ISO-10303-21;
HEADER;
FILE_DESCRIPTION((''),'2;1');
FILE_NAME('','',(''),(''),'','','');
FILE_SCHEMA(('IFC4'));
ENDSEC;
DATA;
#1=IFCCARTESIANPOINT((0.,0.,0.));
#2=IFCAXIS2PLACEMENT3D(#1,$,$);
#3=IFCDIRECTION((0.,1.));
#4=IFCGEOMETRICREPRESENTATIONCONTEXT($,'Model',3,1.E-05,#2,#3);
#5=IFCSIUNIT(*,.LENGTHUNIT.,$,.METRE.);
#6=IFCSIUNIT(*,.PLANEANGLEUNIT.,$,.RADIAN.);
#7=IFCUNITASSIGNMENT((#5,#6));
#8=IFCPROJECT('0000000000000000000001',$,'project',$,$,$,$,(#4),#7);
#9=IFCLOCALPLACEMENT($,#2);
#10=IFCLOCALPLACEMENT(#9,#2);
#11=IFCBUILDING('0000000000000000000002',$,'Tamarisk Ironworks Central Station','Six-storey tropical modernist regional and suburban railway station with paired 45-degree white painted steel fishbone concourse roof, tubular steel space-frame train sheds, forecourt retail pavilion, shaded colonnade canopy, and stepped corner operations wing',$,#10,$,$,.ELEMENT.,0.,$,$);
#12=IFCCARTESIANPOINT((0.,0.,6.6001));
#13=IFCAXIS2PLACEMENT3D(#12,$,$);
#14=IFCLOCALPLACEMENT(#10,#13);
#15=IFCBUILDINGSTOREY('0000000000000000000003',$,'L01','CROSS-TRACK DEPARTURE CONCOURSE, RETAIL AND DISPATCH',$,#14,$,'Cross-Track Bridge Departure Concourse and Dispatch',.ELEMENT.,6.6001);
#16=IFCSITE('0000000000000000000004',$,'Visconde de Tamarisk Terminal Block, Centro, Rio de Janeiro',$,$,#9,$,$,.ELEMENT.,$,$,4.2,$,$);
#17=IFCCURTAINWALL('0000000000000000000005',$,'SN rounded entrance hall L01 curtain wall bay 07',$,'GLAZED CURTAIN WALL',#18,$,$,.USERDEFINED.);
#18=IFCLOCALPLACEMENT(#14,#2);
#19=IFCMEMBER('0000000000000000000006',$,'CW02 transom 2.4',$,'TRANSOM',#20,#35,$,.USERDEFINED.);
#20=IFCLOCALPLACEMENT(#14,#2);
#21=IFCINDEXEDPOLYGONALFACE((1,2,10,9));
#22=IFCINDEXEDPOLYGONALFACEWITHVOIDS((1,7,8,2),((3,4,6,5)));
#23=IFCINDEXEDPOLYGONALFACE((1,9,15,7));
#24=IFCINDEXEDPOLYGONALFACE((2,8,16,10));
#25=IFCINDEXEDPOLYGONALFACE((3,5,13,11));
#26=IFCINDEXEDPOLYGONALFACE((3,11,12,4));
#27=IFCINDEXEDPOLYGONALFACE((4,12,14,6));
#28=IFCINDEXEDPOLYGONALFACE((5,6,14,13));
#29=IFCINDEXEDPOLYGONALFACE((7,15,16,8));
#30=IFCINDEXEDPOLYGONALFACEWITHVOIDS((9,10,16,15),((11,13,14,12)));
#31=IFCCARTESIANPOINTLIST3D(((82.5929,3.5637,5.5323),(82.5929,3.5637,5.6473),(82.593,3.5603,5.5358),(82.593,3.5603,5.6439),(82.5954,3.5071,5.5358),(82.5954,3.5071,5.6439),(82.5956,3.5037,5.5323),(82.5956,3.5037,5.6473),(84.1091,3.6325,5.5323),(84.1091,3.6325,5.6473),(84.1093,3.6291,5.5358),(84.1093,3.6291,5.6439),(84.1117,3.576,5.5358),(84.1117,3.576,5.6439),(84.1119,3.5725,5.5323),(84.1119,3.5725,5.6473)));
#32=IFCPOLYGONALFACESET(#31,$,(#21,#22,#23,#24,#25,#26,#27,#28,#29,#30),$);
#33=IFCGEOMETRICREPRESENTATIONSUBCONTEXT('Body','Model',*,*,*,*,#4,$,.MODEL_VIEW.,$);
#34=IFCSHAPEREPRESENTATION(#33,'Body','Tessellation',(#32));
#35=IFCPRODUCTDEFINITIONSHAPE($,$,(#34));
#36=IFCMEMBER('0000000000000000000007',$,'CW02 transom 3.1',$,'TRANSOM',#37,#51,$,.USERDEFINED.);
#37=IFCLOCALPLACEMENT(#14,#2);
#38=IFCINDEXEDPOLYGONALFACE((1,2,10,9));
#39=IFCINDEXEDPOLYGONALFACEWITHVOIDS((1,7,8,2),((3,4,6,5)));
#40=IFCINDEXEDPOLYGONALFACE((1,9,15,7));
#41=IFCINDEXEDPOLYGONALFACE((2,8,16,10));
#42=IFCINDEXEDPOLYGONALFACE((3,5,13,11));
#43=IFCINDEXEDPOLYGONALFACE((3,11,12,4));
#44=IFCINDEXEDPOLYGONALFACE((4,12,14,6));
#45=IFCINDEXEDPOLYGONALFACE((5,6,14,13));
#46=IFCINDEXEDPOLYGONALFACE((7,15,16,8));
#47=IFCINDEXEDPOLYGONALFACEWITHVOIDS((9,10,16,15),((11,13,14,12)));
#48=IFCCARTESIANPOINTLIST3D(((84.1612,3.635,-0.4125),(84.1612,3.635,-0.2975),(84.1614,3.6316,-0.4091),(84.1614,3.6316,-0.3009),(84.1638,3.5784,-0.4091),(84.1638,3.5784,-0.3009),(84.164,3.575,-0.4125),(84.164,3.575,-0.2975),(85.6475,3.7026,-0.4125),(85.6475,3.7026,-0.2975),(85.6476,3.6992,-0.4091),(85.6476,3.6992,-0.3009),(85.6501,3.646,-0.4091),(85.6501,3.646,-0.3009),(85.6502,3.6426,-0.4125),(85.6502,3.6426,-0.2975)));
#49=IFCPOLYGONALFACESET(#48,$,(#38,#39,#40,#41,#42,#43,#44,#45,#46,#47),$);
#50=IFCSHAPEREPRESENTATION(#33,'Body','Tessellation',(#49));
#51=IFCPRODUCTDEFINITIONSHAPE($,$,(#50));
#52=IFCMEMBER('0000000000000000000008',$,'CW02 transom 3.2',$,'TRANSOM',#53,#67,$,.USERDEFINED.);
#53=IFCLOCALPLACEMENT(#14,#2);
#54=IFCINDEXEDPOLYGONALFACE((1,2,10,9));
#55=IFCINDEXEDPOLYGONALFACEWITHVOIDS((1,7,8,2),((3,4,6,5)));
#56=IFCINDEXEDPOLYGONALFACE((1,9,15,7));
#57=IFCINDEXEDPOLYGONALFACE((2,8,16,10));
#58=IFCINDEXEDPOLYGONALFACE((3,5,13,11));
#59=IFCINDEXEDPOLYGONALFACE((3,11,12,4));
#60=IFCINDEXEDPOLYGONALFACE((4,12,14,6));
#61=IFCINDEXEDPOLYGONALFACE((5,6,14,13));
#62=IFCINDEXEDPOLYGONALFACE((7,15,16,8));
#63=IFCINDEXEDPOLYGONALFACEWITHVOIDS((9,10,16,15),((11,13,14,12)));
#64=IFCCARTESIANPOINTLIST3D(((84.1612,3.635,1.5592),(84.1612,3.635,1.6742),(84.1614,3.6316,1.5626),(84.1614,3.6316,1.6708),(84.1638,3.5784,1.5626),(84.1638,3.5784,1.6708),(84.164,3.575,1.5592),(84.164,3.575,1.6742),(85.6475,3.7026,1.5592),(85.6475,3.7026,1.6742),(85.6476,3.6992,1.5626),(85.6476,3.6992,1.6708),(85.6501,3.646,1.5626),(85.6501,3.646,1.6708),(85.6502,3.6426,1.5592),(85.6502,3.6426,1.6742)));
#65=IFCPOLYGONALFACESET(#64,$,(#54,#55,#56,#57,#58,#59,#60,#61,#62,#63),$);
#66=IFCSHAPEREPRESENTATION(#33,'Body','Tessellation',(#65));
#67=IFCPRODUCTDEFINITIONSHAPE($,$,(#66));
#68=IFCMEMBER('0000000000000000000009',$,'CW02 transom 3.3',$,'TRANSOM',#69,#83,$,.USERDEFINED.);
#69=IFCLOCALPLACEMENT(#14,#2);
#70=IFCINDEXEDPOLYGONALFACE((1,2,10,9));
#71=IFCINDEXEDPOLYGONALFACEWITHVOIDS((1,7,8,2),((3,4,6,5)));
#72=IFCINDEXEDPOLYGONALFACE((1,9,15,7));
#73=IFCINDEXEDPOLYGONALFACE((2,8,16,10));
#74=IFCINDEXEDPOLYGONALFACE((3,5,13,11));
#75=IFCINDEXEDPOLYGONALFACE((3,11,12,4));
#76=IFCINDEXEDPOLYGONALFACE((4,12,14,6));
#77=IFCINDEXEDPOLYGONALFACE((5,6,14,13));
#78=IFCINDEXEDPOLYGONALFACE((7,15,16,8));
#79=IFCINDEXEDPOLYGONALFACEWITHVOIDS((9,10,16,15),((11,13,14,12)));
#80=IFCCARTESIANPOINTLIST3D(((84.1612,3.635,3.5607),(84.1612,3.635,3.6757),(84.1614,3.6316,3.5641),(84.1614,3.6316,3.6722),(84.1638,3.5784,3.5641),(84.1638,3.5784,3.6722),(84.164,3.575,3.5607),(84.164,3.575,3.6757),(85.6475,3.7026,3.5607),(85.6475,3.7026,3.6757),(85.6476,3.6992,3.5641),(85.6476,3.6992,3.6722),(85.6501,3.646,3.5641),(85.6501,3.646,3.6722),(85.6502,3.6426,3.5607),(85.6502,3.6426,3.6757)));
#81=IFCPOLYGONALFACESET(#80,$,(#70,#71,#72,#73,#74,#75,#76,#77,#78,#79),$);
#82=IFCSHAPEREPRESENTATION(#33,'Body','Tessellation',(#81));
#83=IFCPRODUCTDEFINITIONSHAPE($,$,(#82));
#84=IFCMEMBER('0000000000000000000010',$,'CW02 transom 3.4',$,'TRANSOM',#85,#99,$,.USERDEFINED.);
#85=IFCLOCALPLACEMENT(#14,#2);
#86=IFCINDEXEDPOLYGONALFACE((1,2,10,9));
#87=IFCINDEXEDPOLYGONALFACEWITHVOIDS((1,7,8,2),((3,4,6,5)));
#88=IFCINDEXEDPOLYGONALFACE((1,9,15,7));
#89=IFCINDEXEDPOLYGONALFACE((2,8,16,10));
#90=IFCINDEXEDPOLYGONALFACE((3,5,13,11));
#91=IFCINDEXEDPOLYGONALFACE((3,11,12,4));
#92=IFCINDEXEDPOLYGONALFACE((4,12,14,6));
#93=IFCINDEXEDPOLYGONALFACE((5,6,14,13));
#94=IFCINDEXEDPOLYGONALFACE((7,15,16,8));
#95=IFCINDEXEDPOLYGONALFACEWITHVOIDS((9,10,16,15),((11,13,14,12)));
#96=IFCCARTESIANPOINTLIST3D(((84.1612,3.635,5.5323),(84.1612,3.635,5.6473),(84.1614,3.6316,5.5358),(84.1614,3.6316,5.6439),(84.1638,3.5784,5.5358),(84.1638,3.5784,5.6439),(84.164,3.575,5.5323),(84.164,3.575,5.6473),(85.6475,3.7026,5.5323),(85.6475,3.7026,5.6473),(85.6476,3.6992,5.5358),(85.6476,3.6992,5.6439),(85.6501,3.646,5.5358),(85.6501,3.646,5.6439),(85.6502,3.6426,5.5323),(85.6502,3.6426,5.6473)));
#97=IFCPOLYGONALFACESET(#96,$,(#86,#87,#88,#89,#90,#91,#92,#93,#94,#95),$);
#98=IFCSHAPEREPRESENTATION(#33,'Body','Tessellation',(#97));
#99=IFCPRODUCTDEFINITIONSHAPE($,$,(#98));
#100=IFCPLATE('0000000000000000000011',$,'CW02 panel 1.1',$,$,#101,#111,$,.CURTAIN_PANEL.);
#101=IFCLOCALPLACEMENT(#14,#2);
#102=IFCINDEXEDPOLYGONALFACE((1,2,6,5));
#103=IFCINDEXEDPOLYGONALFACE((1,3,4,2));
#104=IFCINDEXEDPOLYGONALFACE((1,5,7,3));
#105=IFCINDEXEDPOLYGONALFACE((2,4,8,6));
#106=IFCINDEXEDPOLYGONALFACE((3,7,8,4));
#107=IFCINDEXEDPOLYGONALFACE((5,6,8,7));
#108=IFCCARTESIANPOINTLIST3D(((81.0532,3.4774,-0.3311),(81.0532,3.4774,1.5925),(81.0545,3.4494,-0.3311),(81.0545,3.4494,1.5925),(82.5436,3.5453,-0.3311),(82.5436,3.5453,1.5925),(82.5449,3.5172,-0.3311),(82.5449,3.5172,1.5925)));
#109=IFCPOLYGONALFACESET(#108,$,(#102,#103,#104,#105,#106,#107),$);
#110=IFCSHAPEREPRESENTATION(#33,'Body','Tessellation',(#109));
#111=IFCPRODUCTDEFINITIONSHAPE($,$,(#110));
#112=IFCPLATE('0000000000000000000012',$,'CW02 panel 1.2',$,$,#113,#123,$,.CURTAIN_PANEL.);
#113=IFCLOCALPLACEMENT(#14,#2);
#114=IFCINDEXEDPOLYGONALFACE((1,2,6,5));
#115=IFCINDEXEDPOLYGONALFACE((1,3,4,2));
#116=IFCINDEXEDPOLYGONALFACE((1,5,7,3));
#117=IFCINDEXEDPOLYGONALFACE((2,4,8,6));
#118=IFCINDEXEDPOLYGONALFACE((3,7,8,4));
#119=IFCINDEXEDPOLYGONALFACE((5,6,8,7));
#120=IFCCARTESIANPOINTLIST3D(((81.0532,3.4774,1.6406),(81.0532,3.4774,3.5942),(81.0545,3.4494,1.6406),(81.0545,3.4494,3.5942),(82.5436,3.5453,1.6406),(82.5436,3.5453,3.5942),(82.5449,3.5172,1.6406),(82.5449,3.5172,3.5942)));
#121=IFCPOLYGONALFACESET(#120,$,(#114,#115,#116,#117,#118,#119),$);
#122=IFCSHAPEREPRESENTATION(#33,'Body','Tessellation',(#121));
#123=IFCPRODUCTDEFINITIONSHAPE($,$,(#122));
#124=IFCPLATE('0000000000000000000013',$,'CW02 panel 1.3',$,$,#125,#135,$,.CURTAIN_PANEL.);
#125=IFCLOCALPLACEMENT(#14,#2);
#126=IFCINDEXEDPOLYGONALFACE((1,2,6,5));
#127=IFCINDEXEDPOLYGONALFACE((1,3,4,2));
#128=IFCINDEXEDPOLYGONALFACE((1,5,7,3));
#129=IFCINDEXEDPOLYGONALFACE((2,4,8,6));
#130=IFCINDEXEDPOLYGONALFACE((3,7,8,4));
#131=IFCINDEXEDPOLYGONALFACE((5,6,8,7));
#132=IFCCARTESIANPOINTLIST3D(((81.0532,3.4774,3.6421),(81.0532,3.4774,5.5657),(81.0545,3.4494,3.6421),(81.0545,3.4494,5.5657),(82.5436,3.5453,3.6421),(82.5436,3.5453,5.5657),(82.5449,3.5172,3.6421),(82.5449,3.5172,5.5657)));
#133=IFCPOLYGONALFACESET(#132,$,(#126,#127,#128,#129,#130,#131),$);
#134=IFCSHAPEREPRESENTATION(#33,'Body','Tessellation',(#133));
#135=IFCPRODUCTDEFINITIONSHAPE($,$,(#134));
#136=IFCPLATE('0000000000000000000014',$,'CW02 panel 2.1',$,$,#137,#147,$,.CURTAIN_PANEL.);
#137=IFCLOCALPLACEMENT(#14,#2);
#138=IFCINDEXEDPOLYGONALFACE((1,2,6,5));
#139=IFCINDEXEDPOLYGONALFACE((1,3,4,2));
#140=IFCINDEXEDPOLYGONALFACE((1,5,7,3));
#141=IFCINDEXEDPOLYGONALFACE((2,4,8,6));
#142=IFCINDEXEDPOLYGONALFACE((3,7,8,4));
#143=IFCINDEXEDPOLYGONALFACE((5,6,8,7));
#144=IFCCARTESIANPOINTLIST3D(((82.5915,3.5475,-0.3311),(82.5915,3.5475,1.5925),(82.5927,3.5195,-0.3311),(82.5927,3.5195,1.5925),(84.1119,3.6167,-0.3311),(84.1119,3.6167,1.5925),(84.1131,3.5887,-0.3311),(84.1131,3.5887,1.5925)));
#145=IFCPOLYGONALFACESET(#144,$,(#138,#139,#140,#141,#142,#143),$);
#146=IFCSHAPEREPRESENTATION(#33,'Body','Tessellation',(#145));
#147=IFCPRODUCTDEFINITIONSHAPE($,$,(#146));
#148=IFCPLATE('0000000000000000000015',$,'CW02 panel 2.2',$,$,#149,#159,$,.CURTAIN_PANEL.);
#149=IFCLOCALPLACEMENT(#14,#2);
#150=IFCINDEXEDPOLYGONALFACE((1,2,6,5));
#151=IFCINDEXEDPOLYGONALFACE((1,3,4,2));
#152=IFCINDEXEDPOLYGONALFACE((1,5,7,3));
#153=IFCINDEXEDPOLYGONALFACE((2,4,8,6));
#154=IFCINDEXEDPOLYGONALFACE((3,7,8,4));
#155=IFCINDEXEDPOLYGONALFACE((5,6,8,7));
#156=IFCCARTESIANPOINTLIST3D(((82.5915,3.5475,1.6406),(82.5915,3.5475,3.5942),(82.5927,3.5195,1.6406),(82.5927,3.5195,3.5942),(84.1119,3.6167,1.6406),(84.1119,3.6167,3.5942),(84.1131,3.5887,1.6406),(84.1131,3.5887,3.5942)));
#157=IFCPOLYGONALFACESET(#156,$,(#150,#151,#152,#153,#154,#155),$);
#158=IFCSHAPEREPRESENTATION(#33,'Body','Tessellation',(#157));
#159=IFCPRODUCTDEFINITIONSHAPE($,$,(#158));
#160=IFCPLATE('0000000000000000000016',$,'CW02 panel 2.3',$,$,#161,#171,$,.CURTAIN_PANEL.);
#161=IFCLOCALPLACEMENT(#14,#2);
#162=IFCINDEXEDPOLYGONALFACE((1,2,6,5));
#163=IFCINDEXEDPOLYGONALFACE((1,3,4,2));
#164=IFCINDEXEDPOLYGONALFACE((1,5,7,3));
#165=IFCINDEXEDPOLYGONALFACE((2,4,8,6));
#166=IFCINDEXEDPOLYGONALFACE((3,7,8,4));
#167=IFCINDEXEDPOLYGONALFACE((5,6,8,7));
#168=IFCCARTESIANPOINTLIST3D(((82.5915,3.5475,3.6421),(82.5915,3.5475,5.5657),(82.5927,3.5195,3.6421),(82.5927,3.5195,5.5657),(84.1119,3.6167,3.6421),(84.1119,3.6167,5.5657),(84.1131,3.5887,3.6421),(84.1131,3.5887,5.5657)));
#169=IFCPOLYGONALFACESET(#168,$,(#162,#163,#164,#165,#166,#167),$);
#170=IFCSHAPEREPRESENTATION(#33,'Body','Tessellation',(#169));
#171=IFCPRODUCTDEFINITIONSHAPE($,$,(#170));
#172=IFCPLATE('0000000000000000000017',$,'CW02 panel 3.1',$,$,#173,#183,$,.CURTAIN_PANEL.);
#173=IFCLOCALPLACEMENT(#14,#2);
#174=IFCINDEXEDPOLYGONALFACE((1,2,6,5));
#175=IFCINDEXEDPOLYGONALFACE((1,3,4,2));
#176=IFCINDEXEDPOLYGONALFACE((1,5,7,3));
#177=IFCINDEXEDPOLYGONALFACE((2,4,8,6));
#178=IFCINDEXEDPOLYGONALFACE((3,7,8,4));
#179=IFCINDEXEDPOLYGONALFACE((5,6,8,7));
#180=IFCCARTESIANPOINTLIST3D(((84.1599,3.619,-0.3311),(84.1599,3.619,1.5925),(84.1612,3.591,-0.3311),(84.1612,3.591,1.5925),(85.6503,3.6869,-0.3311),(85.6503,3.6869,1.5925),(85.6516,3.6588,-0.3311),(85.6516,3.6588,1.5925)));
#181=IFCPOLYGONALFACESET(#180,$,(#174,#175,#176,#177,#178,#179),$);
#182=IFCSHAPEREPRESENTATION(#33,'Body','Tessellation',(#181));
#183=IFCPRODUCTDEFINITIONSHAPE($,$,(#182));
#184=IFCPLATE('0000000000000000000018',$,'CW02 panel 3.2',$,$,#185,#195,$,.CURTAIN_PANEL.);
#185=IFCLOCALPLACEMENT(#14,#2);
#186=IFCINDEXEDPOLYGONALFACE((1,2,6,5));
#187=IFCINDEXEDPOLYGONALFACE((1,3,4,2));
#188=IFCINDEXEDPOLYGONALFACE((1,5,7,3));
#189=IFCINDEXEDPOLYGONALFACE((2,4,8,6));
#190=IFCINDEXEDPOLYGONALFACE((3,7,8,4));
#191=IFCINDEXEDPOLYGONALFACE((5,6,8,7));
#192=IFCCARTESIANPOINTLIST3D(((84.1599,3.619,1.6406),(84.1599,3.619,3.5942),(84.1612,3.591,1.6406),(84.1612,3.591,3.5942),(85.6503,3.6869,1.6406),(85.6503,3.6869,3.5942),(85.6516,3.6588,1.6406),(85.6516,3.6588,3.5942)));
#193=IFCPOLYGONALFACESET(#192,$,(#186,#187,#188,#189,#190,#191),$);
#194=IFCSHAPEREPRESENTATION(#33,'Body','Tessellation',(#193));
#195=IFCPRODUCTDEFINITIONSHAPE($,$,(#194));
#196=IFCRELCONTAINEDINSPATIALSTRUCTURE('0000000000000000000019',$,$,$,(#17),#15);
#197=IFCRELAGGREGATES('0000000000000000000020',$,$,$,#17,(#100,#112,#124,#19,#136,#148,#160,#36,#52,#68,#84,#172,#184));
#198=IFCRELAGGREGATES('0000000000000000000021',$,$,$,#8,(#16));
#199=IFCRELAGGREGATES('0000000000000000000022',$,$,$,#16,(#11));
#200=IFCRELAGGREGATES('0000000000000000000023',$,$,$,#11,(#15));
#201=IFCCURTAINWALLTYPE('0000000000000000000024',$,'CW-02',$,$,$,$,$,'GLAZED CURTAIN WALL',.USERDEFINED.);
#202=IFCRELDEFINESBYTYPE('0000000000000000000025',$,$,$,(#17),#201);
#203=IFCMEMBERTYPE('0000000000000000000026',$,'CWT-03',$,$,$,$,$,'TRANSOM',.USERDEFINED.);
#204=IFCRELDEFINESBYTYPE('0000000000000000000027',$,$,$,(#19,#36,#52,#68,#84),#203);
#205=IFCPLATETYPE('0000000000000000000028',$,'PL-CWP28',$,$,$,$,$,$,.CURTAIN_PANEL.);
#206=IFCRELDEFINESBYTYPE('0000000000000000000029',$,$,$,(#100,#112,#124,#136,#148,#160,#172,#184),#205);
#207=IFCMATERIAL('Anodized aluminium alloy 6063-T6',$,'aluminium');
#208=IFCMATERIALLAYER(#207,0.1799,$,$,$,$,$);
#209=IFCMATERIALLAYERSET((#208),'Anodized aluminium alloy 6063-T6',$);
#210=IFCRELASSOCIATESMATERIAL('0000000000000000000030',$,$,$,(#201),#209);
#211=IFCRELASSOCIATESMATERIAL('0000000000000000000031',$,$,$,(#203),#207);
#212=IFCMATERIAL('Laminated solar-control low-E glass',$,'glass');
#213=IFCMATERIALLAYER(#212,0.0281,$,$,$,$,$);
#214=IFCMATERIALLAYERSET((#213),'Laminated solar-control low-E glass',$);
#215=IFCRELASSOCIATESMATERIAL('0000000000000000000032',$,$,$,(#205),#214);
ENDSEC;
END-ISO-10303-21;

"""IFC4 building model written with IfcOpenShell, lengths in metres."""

from ifc_helpers import new_model, si_unit, direction, frame, origin, origin_2d, place, context, subcontext, project, spatial, rectangle, hollow_rectangle, extrude, material, layer, layer_set, material_profile, profile_set, type_object, element, aggregate, save


model = new_model("IFC4")

# Units and contexts
model_context = context("Model", 3, precision=1e-05, world=origin(), true_north=direction((0.0, 1.0)))
body_context = subcontext(model_context, "Body", "Model", "MODEL_VIEW")
ifc_project = project(units=[si_unit("LENGTHUNIT", "METRE"), si_unit("PLANEANGLEUNIT", "RADIAN")], contexts=[model_context])

# Site, building, storey
site_placement = place(None, origin())
site = spatial("IfcSite", under=ifc_project, at=site_placement, Name="Visconde de Tamarisk Terminal Block, Centro, Rio de Janeiro", CompositionType="ELEMENT", RefElevation=4.2)
building_placement = place(site_placement, origin())
building = spatial("IfcBuilding", under=site, at=building_placement, Name="Tamarisk Ironworks Central Station", Description="Six-storey tropical modernist regional and suburban railway station with paired 45-degree white painted steel fishbone concourse roof, tubular steel space-frame train sheds, forecourt retail pavilion, shaded colonnade canopy, and stepped corner operations wing", CompositionType="ELEMENT", ElevationOfRefHeight=0.0)
storey_placement = place(building_placement, frame((0.0, 0.0, 6.6001)))
storey = spatial("IfcBuildingStorey", under=building, at=storey_placement, Name="L01", Description="CROSS-TRACK DEPARTURE CONCOURSE, RETAIL AND DISPATCH", LongName="Cross-Track Bridge Departure Concourse and Dispatch", CompositionType="ELEMENT", Elevation=6.6001)

# Curtain wall, members, plates
ifc_material_1 = material(Name="Anodized aluminium alloy 6063-T6", Category="aluminium")
ifc_layer_1 = layer(ifc_material_1, 0.1799)
ifc_layer_set_1 = layer_set([ifc_layer_1], Name="Anodized aluminium alloy 6063-T6")
curtain_wall_type = type_object("IfcCurtainWallType", Name="CW-02", ElementType="GLAZED CURTAIN WALL", PredefinedType="USERDEFINED", material=ifc_layer_set_1)
curtain_wall_placement = place(storey_placement, origin())
curtain_wall = element("IfcCurtainWall", 1, at=curtain_wall_placement, inside=storey, type_object=curtain_wall_type, Name="SN rounded entrance hall L01 curtain wall bay 07", ObjectType="GLAZED CURTAIN WALL", PredefinedType="USERDEFINED")
ifc_material_profile_1 = material_profile(ifc_material_1, hollow_rectangle(XDim=0.0601, YDim=0.115, WallThickness=0.0034, at=origin_2d()), Name="ALUM 115x60")
ifc_profile_set_1 = profile_set([ifc_material_profile_1], Name="Anodized aluminium alloy 6063-T6")
member_type_1 = type_object("IfcMemberType", Name="CWT-03", ElementType="TRANSOM", PredefinedType="USERDEFINED", material=ifc_profile_set_1)
member_1_placement = place(storey_placement, frame((82.5942, 3.5337, 5.5898), z_axis=(0.998971, 0.045357, 0.0), x_axis=(-0.045357, 0.998971, 0.0)))
member_1 = element("IfcMember", 2, at=member_1_placement, type_object=member_type_1, Name="CW02 transom 2.4", ObjectType="TRANSOM", PredefinedType="USERDEFINED", context=body_context, shape_type="SweptSolid", body=[
    extrude(hollow_rectangle(XDim=0.0601, YDim=0.115, WallThickness=0.0034, at=origin_2d()), origin(), (0.0, 0.0, 1.0), 1.5178),
])
member_2_placement = place(storey_placement, frame((84.1626, 3.605, -0.355), z_axis=(0.998967, 0.045452, 0.0), x_axis=(-0.045452, 0.998967, 0.0)))
member_2 = element("IfcMember", 3, at=member_2_placement, type_object=member_type_1, Name="CW02 transom 3.1", ObjectType="TRANSOM", PredefinedType="USERDEFINED", context=body_context, shape_type="SweptSolid", body=[
    extrude(hollow_rectangle(XDim=0.0601, YDim=0.115, WallThickness=0.0034, at=origin_2d()), origin(), (0.0, 0.0, 1.0), 1.4878),
])
member_3_placement = place(storey_placement, frame((84.1626, 3.605, 1.6167), z_axis=(0.998967, 0.045452, 0.0), x_axis=(-0.045452, 0.998967, 0.0)))
member_3 = element("IfcMember", 4, at=member_3_placement, type_object=member_type_1, Name="CW02 transom 3.2", ObjectType="TRANSOM", PredefinedType="USERDEFINED", context=body_context, shape_type="SweptSolid", body=[
    extrude(hollow_rectangle(XDim=0.0601, YDim=0.115, WallThickness=0.0034, at=origin_2d()), origin(), (0.0, 0.0, 1.0), 1.4878),
])
member_4_placement = place(storey_placement, frame((84.1626, 3.605, 3.6182), z_axis=(0.998967, 0.045452, 0.0), x_axis=(-0.045452, 0.998967, 0.0)))
member_4 = element("IfcMember", 5, at=member_4_placement, type_object=member_type_1, Name="CW02 transom 3.3", ObjectType="TRANSOM", PredefinedType="USERDEFINED", context=body_context, shape_type="SweptSolid", body=[
    extrude(hollow_rectangle(XDim=0.0601, YDim=0.115, WallThickness=0.0034, at=origin_2d()), origin(), (0.0, 0.0, 1.0), 1.4878),
])
member_5_placement = place(storey_placement, frame((84.1626, 3.605, 5.5898), z_axis=(0.998967, 0.045452, 0.0), x_axis=(-0.045452, 0.998967, 0.0)))
member_5 = element("IfcMember", 6, at=member_5_placement, type_object=member_type_1, Name="CW02 transom 3.4", ObjectType="TRANSOM", PredefinedType="USERDEFINED", context=body_context, shape_type="SweptSolid", body=[
    extrude(hollow_rectangle(XDim=0.0601, YDim=0.115, WallThickness=0.0034, at=origin_2d()), origin(), (0.0, 0.0, 1.0), 1.4878),
])
ifc_material_2 = material(Name="Laminated solar-control low-E glass", Category="glass")
ifc_layer_2 = layer(ifc_material_2, 0.0281)
ifc_layer_set_2 = layer_set([ifc_layer_2], Name="Laminated solar-control low-E glass")
plate_type = type_object("IfcPlateType", Name="PL-CWP28", PredefinedType="CURTAIN_PANEL", material=ifc_layer_set_2)
plate_1_placement = place(storey_placement, frame((81.7991, 3.4973, -0.3311), z_axis=(0.0, 0.0, 1.0), x_axis=(0.998965, 0.045481, 0.0)))
plate_1 = element("IfcPlate", 7, at=plate_1_placement, type_object=plate_type, Name="CW02 panel 1.1", PredefinedType="CURTAIN_PANEL", context=body_context, shape_type="SweptSolid", body=[
    extrude(rectangle(XDim=1.4919, YDim=0.0281, at=origin_2d()), origin(), (0.0, 0.0, 1.0), 1.9236),
])
plate_2_placement = place(storey_placement, frame((81.7991, 3.4973, 1.6406), z_axis=(0.0, 0.0, 1.0), x_axis=(0.998965, 0.045481, 0.0)))
plate_2 = element("IfcPlate", 8, at=plate_2_placement, type_object=plate_type, Name="CW02 panel 1.2", PredefinedType="CURTAIN_PANEL", context=body_context, shape_type="SweptSolid", body=[
    extrude(rectangle(XDim=1.4919, YDim=0.0281, at=origin_2d()), origin(), (0.0, 0.0, 1.0), 1.9536),
])
plate_3_placement = place(storey_placement, frame((81.7991, 3.4973, 3.6421), z_axis=(0.0, 0.0, 1.0), x_axis=(0.998965, 0.045481, 0.0)))
plate_3 = element("IfcPlate", 9, at=plate_3_placement, type_object=plate_type, Name="CW02 panel 1.3", PredefinedType="CURTAIN_PANEL", context=body_context, shape_type="SweptSolid", body=[
    extrude(rectangle(XDim=1.4919, YDim=0.0281, at=origin_2d()), origin(), (0.0, 0.0, 1.0), 1.9236),
])
plate_4_placement = place(storey_placement, frame((83.3523, 3.5681, -0.3311), z_axis=(0.0, 0.0, 1.0), x_axis=(0.998965, 0.045481, 0.0)))
plate_4 = element("IfcPlate", 10, at=plate_4_placement, type_object=plate_type, Name="CW02 panel 2.1", PredefinedType="CURTAIN_PANEL", context=body_context, shape_type="SweptSolid", body=[
    extrude(rectangle(XDim=1.522, YDim=0.0281, at=origin_2d()), origin(), (0.0, 0.0, 1.0), 1.9236),
])
plate_5_placement = place(storey_placement, frame((83.3523, 3.5681, 1.6406), z_axis=(0.0, 0.0, 1.0), x_axis=(0.998965, 0.045481, 0.0)))
plate_5 = element("IfcPlate", 11, at=plate_5_placement, type_object=plate_type, Name="CW02 panel 2.2", PredefinedType="CURTAIN_PANEL", context=body_context, shape_type="SweptSolid", body=[
    extrude(rectangle(XDim=1.522, YDim=0.0281, at=origin_2d()), origin(), (0.0, 0.0, 1.0), 1.9536),
])
plate_6_placement = place(storey_placement, frame((83.3523, 3.5681, 3.6421), z_axis=(0.0, 0.0, 1.0), x_axis=(0.998965, 0.045481, 0.0)))
plate_6 = element("IfcPlate", 12, at=plate_6_placement, type_object=plate_type, Name="CW02 panel 2.3", PredefinedType="CURTAIN_PANEL", context=body_context, shape_type="SweptSolid", body=[
    extrude(rectangle(XDim=1.522, YDim=0.0281, at=origin_2d()), origin(), (0.0, 0.0, 1.0), 1.9236),
])
plate_7_placement = place(storey_placement, frame((84.9058, 3.6389, -0.3311), z_axis=(0.0, 0.0, 1.0), x_axis=(0.998965, 0.045481, 0.0)))
plate_7 = element("IfcPlate", 13, at=plate_7_placement, type_object=plate_type, Name="CW02 panel 3.1", PredefinedType="CURTAIN_PANEL", context=body_context, shape_type="SweptSolid", body=[
    extrude(rectangle(XDim=1.4919, YDim=0.0281, at=origin_2d()), origin(), (0.0, 0.0, 1.0), 1.9236),
])
plate_8_placement = place(storey_placement, frame((84.9058, 3.6389, 1.6406), z_axis=(0.0, 0.0, 1.0), x_axis=(0.998965, 0.045481, 0.0)))
plate_8 = element("IfcPlate", 14, at=plate_8_placement, type_object=plate_type, Name="CW02 panel 3.2", PredefinedType="CURTAIN_PANEL", context=body_context, shape_type="SweptSolid", body=[
    extrude(rectangle(XDim=1.4919, YDim=0.0281, at=origin_2d()), origin(), (0.0, 0.0, 1.0), 1.9536),
])
aggregate(curtain_wall, [plate_1, plate_2, plate_3, member_1, plate_4, plate_5, plate_6, member_2, member_3, member_4, member_5, plate_7, plate_8])

save(model, "model.ifc")
